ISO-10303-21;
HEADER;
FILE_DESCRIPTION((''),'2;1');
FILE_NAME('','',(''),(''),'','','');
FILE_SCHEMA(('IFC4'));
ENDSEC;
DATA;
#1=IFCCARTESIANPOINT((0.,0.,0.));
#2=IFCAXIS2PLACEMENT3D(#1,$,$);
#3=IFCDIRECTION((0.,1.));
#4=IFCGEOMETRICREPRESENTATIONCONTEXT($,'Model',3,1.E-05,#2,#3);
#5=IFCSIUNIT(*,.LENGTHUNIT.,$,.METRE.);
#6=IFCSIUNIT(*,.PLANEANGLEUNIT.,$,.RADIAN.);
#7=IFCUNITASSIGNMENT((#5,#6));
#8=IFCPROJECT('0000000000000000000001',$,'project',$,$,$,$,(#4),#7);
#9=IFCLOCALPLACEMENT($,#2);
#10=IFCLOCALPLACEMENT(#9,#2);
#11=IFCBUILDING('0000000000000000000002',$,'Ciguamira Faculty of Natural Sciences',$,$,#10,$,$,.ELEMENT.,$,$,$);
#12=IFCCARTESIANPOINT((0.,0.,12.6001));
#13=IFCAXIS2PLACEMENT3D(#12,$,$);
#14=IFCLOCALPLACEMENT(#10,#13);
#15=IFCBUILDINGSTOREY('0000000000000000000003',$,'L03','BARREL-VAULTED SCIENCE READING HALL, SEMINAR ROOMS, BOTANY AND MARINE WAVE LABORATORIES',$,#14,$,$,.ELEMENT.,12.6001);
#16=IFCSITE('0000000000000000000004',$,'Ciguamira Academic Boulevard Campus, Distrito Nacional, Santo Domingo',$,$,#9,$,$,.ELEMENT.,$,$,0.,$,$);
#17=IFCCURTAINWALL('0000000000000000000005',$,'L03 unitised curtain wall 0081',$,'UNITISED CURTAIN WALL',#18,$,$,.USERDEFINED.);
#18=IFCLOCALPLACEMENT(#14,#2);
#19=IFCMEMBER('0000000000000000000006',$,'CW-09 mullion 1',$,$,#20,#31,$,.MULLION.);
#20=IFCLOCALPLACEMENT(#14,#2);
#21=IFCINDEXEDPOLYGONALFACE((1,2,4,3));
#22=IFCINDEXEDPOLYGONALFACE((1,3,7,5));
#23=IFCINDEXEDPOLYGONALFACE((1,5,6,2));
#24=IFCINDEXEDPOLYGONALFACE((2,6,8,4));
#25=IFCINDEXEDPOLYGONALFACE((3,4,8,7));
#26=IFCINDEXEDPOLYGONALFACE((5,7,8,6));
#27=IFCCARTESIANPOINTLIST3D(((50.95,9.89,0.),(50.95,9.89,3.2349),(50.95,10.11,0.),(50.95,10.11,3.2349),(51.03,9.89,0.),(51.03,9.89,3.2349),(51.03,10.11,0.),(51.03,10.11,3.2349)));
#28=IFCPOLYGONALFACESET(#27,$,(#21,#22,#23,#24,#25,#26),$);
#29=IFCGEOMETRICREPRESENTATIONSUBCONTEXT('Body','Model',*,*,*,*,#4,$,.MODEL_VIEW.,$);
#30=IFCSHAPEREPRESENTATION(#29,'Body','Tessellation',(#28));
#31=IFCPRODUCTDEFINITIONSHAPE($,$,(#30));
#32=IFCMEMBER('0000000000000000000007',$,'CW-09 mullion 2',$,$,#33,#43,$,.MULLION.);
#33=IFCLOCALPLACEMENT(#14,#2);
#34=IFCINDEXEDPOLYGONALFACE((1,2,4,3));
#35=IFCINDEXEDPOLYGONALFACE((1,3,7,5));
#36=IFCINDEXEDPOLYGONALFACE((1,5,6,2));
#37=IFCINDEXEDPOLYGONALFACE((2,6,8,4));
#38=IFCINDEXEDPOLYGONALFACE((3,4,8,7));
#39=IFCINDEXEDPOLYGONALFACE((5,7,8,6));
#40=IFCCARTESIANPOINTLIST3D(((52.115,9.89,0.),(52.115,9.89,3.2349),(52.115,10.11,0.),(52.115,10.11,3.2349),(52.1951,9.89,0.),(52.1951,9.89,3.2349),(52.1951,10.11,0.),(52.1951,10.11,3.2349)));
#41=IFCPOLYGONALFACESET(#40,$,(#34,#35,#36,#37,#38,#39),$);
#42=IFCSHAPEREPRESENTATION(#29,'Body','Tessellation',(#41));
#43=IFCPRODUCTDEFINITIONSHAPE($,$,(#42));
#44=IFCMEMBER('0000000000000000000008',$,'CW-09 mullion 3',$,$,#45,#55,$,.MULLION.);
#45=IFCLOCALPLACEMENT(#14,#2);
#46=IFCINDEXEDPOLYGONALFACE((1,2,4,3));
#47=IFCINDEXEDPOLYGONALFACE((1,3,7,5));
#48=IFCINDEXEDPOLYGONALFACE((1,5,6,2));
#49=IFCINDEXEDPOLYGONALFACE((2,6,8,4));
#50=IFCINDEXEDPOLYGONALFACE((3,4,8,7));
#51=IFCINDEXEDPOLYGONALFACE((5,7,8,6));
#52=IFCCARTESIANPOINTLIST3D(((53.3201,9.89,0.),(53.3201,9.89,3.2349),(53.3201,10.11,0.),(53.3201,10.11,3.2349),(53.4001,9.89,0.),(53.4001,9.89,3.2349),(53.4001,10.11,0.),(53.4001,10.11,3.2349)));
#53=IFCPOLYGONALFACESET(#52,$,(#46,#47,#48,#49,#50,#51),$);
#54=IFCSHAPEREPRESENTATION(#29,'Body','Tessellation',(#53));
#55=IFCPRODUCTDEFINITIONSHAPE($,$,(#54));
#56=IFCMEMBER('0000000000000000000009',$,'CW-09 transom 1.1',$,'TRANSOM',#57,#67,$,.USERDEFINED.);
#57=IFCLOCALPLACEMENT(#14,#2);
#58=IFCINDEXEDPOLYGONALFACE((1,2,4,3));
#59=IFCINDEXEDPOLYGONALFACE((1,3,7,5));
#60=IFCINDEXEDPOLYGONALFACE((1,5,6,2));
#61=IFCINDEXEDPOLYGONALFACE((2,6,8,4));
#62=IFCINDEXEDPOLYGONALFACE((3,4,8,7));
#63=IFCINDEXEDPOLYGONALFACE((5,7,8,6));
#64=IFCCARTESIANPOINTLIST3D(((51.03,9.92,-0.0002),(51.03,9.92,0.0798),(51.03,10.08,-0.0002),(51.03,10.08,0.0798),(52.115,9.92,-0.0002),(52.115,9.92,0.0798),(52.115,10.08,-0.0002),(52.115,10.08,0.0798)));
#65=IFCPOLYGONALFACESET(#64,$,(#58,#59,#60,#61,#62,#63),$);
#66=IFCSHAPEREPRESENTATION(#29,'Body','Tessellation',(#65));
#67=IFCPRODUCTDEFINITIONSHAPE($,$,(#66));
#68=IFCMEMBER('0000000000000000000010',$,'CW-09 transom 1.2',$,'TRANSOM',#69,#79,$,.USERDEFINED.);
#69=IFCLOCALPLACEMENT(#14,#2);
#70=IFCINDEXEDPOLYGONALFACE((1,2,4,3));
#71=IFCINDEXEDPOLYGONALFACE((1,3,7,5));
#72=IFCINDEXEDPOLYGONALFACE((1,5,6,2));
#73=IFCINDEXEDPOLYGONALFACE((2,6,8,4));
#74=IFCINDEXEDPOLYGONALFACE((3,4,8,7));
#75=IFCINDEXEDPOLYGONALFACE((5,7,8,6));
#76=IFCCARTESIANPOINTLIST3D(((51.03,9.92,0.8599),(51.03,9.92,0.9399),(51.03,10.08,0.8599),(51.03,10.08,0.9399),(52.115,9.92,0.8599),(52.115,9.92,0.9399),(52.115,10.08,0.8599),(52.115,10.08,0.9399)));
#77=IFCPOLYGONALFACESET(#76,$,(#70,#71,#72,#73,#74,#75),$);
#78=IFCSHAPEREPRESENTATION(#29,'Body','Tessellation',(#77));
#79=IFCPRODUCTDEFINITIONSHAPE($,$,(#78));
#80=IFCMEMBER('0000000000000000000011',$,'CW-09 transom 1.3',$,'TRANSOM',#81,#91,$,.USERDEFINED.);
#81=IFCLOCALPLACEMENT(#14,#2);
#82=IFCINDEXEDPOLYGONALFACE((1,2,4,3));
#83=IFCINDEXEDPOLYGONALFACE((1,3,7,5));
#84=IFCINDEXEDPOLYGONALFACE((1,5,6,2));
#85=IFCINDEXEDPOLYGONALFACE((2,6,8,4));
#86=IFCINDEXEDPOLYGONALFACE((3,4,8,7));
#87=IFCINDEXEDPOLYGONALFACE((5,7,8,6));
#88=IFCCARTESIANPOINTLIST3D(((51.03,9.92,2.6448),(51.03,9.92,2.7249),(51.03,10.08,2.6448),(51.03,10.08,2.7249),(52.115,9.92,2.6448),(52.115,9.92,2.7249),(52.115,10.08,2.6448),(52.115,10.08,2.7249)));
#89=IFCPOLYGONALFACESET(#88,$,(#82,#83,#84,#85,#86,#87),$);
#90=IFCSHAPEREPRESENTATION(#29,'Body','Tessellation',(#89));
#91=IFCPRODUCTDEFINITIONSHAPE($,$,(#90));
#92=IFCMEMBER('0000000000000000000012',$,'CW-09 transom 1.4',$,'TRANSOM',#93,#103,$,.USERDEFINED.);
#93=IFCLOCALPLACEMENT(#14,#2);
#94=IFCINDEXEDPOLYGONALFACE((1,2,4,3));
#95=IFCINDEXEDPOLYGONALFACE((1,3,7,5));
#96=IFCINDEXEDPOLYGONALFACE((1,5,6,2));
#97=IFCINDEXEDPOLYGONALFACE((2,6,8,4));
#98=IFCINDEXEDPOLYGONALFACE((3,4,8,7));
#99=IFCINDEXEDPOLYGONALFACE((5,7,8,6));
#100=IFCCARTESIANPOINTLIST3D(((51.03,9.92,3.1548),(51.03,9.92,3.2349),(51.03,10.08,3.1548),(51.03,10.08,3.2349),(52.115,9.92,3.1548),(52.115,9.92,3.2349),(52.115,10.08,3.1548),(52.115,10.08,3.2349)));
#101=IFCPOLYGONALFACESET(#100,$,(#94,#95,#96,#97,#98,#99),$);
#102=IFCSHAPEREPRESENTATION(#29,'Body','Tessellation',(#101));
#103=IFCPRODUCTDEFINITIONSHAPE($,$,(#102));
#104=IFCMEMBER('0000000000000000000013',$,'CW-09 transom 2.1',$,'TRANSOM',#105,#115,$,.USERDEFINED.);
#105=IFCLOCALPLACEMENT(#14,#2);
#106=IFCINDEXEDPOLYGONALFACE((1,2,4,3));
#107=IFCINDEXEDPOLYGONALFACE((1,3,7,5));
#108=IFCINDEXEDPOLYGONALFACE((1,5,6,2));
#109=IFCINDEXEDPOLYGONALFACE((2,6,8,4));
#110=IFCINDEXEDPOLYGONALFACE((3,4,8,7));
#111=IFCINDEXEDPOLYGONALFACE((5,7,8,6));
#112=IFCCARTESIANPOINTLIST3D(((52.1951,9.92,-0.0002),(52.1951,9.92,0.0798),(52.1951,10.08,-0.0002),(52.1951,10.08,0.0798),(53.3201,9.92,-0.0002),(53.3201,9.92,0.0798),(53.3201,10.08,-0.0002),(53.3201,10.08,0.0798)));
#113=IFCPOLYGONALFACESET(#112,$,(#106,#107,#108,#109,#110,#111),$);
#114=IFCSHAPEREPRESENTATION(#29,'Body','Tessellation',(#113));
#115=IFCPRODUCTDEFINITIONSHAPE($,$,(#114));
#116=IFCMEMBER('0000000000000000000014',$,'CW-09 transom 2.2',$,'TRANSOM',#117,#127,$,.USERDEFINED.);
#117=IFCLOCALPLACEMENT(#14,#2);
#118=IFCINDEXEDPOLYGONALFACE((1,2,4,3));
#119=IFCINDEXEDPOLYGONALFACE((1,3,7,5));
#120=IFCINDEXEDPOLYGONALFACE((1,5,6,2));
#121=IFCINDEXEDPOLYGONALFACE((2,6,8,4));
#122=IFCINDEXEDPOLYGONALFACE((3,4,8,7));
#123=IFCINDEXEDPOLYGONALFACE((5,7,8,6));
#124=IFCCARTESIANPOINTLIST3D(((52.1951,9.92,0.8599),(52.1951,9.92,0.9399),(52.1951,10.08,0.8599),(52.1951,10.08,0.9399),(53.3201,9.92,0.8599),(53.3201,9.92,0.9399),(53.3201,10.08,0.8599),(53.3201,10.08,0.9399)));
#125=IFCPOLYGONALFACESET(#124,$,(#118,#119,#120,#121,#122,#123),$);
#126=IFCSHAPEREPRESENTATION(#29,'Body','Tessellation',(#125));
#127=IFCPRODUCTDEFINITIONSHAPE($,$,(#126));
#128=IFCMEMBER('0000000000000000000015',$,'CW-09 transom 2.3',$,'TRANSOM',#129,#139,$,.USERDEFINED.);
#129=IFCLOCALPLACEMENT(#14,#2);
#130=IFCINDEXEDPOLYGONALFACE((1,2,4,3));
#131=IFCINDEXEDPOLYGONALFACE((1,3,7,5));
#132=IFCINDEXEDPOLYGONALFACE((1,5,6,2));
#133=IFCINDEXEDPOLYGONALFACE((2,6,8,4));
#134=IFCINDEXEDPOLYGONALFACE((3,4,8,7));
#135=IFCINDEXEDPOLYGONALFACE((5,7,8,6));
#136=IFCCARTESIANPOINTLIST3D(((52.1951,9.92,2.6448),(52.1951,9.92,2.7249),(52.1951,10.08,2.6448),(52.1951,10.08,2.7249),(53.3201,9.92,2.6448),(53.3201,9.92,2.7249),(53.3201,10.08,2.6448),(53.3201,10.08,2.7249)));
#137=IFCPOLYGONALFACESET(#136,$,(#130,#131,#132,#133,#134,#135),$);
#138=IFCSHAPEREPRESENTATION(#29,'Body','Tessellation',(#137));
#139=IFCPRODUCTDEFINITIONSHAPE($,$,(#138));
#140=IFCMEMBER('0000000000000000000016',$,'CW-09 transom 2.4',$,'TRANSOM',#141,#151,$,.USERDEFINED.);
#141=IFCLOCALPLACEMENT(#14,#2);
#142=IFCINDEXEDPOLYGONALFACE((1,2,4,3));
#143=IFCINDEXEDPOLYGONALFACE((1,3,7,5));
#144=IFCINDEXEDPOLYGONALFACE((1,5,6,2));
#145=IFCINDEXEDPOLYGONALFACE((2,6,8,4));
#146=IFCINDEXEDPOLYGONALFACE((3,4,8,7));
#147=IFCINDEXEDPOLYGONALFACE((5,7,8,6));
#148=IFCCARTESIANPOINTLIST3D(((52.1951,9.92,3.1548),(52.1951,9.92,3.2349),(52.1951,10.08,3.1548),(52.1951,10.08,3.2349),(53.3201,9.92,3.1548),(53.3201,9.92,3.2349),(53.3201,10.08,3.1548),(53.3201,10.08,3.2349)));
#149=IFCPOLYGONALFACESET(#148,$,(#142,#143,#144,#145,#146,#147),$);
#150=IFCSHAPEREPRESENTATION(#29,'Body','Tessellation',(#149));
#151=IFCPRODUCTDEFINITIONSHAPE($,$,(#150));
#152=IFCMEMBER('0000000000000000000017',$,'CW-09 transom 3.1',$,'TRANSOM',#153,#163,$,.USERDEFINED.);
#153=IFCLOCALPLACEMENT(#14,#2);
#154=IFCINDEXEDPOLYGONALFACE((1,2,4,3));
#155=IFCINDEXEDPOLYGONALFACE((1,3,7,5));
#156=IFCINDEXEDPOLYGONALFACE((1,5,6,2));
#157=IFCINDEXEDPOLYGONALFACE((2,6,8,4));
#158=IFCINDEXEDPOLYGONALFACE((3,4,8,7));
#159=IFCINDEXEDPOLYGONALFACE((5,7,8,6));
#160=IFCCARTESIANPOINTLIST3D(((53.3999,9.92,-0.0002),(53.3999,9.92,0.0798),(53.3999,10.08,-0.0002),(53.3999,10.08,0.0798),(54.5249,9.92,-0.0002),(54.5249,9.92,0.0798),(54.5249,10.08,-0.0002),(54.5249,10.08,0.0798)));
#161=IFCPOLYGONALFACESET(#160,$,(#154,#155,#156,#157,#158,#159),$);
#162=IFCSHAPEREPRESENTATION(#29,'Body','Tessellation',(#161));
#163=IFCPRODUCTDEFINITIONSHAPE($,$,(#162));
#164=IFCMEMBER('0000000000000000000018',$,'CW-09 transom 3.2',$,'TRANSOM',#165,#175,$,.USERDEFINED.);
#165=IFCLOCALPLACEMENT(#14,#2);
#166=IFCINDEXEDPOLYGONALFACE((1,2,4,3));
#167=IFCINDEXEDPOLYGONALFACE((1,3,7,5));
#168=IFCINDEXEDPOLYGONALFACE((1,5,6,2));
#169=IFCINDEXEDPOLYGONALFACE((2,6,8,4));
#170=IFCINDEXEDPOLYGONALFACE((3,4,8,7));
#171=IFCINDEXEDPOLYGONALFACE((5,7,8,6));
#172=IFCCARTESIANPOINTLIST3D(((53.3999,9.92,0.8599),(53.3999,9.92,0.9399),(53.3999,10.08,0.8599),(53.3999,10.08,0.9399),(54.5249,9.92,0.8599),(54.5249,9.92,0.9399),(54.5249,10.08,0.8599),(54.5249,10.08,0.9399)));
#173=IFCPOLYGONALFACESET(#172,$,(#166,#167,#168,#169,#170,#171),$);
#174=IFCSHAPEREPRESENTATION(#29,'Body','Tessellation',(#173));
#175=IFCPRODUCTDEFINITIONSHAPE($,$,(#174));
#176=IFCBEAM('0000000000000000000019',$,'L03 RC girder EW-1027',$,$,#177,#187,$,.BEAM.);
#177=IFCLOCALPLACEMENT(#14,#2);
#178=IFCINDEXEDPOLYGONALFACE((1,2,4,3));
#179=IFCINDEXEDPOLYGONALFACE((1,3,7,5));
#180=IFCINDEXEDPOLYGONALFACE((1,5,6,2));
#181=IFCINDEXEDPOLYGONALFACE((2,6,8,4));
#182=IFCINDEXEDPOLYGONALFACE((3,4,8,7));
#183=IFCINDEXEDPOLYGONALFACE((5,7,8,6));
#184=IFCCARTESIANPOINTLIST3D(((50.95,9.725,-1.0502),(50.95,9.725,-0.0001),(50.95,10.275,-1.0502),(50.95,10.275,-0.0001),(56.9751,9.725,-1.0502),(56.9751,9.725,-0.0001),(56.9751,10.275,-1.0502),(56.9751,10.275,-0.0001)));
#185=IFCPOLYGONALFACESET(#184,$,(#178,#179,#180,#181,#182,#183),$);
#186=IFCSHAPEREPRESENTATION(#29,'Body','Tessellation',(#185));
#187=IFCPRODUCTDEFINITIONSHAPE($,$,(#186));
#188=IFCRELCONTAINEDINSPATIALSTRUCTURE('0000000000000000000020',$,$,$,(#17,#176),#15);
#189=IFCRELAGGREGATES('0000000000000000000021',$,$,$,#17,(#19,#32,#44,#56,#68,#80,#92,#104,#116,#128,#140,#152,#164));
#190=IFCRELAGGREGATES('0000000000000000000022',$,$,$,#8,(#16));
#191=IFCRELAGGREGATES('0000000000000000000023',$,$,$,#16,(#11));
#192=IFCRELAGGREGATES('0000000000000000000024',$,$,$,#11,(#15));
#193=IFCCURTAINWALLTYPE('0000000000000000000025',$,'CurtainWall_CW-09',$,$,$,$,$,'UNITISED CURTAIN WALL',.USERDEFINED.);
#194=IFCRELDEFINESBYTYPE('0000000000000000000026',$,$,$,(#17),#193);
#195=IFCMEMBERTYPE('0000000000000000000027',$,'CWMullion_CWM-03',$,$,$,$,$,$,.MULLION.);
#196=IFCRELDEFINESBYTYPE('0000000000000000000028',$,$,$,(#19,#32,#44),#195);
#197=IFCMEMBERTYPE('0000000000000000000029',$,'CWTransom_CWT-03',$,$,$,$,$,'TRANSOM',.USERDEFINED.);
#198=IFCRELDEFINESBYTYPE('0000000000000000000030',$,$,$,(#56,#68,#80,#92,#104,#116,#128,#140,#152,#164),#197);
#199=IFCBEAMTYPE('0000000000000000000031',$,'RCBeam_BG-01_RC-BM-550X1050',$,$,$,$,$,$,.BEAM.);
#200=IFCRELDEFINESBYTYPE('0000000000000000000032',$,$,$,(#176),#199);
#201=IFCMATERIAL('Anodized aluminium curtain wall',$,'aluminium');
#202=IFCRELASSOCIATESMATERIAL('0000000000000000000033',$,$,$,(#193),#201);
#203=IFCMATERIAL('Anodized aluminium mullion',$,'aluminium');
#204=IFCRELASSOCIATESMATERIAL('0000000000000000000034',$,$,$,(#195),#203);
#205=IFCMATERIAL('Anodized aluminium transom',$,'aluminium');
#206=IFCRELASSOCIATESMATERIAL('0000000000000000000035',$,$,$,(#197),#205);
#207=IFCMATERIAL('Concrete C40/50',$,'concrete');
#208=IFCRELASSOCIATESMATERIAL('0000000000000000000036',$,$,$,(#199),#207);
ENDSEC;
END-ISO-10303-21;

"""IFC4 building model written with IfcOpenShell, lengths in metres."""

from ifc_helpers import new_model, si_unit, direction, frame, origin, origin_2d, place, context, subcontext, project, spatial, rectangle, extrude, material, material_profile, profile_set, type_object, element, aggregate, save


model = new_model("IFC4")

# Units and contexts
model_context = context("Model", 3, precision=1e-05, world=origin(), true_north=direction((0.0, 1.0)))
body_context = subcontext(model_context, "Body", "Model", "MODEL_VIEW")
ifc_project = project(units=[si_unit("LENGTHUNIT", "METRE"), si_unit("PLANEANGLEUNIT", "RADIAN")], contexts=[model_context])

# Site, building, storey
site_placement = place(None, origin())
site = spatial("IfcSite", under=ifc_project, at=site_placement, Name="Ciguamira Academic Boulevard Campus, Distrito Nacional, Santo Domingo", CompositionType="ELEMENT", RefElevation=0.0)
building_placement = place(site_placement, origin())
building = spatial("IfcBuilding", under=site, at=building_placement, Name="Ciguamira Faculty of Natural Sciences", CompositionType="ELEMENT")
storey_placement = place(building_placement, frame((0.0, 0.0, 12.6001)))
storey = spatial("IfcBuildingStorey", under=building, at=storey_placement, Name="L03", Description="BARREL-VAULTED SCIENCE READING HALL, SEMINAR ROOMS, BOTANY AND MARINE WAVE LABORATORIES", CompositionType="ELEMENT", Elevation=12.6001)

# Curtain wall, members
ifc_material_1 = material(Name="Anodized aluminium curtain wall", Category="aluminium")
curtain_wall_type = type_object("IfcCurtainWallType", Name="CurtainWall_CW-09", ElementType="UNITISED CURTAIN WALL", PredefinedType="USERDEFINED", material=ifc_material_1)
curtain_wall_placement = place(storey_placement, origin())
curtain_wall = element("IfcCurtainWall", 1, at=curtain_wall_placement, inside=storey, type_object=curtain_wall_type, Name="L03 unitised curtain wall 0081", ObjectType="UNITISED CURTAIN WALL", PredefinedType="USERDEFINED")
ifc_material_2 = material(Name="Anodized aluminium mullion", Category="aluminium")
ifc_material_profile_1 = material_profile(ifc_material_2, rectangle(XDim=0.0801, YDim=0.22, at=origin_2d()), Name="ALU-MUL-80X220")
ifc_profile_set_1 = profile_set([ifc_material_profile_1], Name="Anodized aluminium mullion")
member_type_1 = type_object("IfcMemberType", Name="CWMullion_CWM-03", PredefinedType="MULLION", material=ifc_profile_set_1)
member_1_placement = place(storey_placement, frame((50.99, 10.0, 0.0), z_axis=(0.0, 0.0, 1.0), x_axis=(1.0, 0.0, 0.0)))
member_1 = element("IfcMember", 2, at=member_1_placement, type_object=member_type_1, Name="CW-09 mullion 1", PredefinedType="MULLION", context=body_context, shape_type="SweptSolid", body=[
    extrude(rectangle(XDim=0.0801, YDim=0.22, at=origin_2d()), origin(), (0.0, 0.0, 1.0), 3.2349),
])
member_2_placement = place(storey_placement, frame((52.155, 10.0, 0.0), z_axis=(0.0, 0.0, 1.0), x_axis=(1.0, 0.0, 0.0)))
member_2 = element("IfcMember", 3, at=member_2_placement, type_object=member_type_1, Name="CW-09 mullion 2", PredefinedType="MULLION", context=body_context, shape_type="SweptSolid", body=[
    extrude(rectangle(XDim=0.0801, YDim=0.22, at=origin_2d()), origin(), (0.0, 0.0, 1.0), 3.2349),
])
member_3_placement = place(storey_placement, frame((53.3601, 10.0, 0.0), z_axis=(0.0, 0.0, 1.0), x_axis=(1.0, 0.0, 0.0)))
member_3 = element("IfcMember", 4, at=member_3_placement, type_object=member_type_1, Name="CW-09 mullion 3", PredefinedType="MULLION", context=body_context, shape_type="SweptSolid", body=[
    extrude(rectangle(XDim=0.0801, YDim=0.22, at=origin_2d()), origin(), (0.0, 0.0, 1.0), 3.2349),
])
ifc_material_3 = material(Name="Anodized aluminium transom", Category="aluminium")
ifc_material_profile_2 = material_profile(ifc_material_3, rectangle(XDim=0.0801, YDim=0.1599, at=origin_2d()), Name="ALU-TRN-80X160")
ifc_profile_set_2 = profile_set([ifc_material_profile_2], Name="Anodized aluminium transom")
member_type_2 = type_object("IfcMemberType", Name="CWTransom_CWT-03", ElementType="TRANSOM", PredefinedType="USERDEFINED", material=ifc_profile_set_2)
member_4_placement = place(storey_placement, frame((51.03, 10.0, 0.0398), z_axis=(1.0, 0.0, 0.0), x_axis=(0.0, 0.0, 1.0)))
member_4 = element("IfcMember", 5, at=member_4_placement, type_object=member_type_2, Name="CW-09 transom 1.1", ObjectType="TRANSOM", PredefinedType="USERDEFINED", context=body_context, shape_type="SweptSolid", body=[
    extrude(rectangle(XDim=0.0801, YDim=0.1599, at=origin_2d()), origin(), (0.0, 0.0, 1.0), 1.085),
])
member_5_placement = place(storey_placement, frame((51.03, 10.0, 0.8999), z_axis=(1.0, 0.0, 0.0), x_axis=(0.0, 0.0, 1.0)))
member_5 = element("IfcMember", 6, at=member_5_placement, type_object=member_type_2, Name="CW-09 transom 1.2", ObjectType="TRANSOM", PredefinedType="USERDEFINED", context=body_context, shape_type="SweptSolid", body=[
    extrude(rectangle(XDim=0.0801, YDim=0.1599, at=origin_2d()), origin(), (0.0, 0.0, 1.0), 1.085),
])
member_6_placement = place(storey_placement, frame((51.03, 10.0, 2.6848), z_axis=(1.0, 0.0, 0.0), x_axis=(0.0, 0.0, 1.0)))
member_6 = element("IfcMember", 7, at=member_6_placement, type_object=member_type_2, Name="CW-09 transom 1.3", ObjectType="TRANSOM", PredefinedType="USERDEFINED", context=body_context, shape_type="SweptSolid", body=[
    extrude(rectangle(XDim=0.0801, YDim=0.1599, at=origin_2d()), origin(), (0.0, 0.0, 1.0), 1.085),
])
member_7_placement = place(storey_placement, frame((51.03, 10.0, 3.1948), z_axis=(1.0, 0.0, 0.0), x_axis=(0.0, 0.0, 1.0)))
member_7 = element("IfcMember", 8, at=member_7_placement, type_object=member_type_2, Name="CW-09 transom 1.4", ObjectType="TRANSOM", PredefinedType="USERDEFINED", context=body_context, shape_type="SweptSolid", body=[
    extrude(rectangle(XDim=0.0801, YDim=0.1599, at=origin_2d()), origin(), (0.0, 0.0, 1.0), 1.085),
])
member_8_placement = place(storey_placement, frame((52.1951, 10.0, 0.0398), z_axis=(1.0, 0.0, 0.0), x_axis=(0.0, 0.0, 1.0)))
member_8 = element("IfcMember", 9, at=member_8_placement, type_object=member_type_2, Name="CW-09 transom 2.1", ObjectType="TRANSOM", PredefinedType="USERDEFINED", context=body_context, shape_type="SweptSolid", body=[
    extrude(rectangle(XDim=0.0801, YDim=0.1599, at=origin_2d()), origin(), (0.0, 0.0, 1.0), 1.125),
])
member_9_placement = place(storey_placement, frame((52.1951, 10.0, 0.8999), z_axis=(1.0, 0.0, 0.0), x_axis=(0.0, 0.0, 1.0)))
member_9 = element("IfcMember", 10, at=member_9_placement, type_object=member_type_2, Name="CW-09 transom 2.2", ObjectType="TRANSOM", PredefinedType="USERDEFINED", context=body_context, shape_type="SweptSolid", body=[
    extrude(rectangle(XDim=0.0801, YDim=0.1599, at=origin_2d()), origin(), (0.0, 0.0, 1.0), 1.125),
])
member_10_placement = place(storey_placement, frame((52.1951, 10.0, 2.6848), z_axis=(1.0, 0.0, 0.0), x_axis=(0.0, 0.0, 1.0)))
member_10 = element("IfcMember", 11, at=member_10_placement, type_object=member_type_2, Name="CW-09 transom 2.3", ObjectType="TRANSOM", PredefinedType="USERDEFINED", context=body_context, shape_type="SweptSolid", body=[
    extrude(rectangle(XDim=0.0801, YDim=0.1599, at=origin_2d()), origin(), (0.0, 0.0, 1.0), 1.125),
])
member_11_placement = place(storey_placement, frame((52.1951, 10.0, 3.1948), z_axis=(1.0, 0.0, 0.0), x_axis=(0.0, 0.0, 1.0)))
member_11 = element("IfcMember", 12, at=member_11_placement, type_object=member_type_2, Name="CW-09 transom 2.4", ObjectType="TRANSOM", PredefinedType="USERDEFINED", context=body_context, shape_type="SweptSolid", body=[
    extrude(rectangle(XDim=0.0801, YDim=0.1599, at=origin_2d()), origin(), (0.0, 0.0, 1.0), 1.125),
])
member_12_placement = place(storey_placement, frame((53.3999, 10.0, 0.0398), z_axis=(1.0, 0.0, 0.0), x_axis=(0.0, 0.0, 1.0)))
member_12 = element("IfcMember", 13, at=member_12_placement, type_object=member_type_2, Name="CW-09 transom 3.1", ObjectType="TRANSOM", PredefinedType="USERDEFINED", context=body_context, shape_type="SweptSolid", body=[
    extrude(rectangle(XDim=0.0801, YDim=0.1599, at=origin_2d()), origin(), (0.0, 0.0, 1.0), 1.125),
])
member_13_placement = place(storey_placement, frame((53.3999, 10.0, 0.8999), z_axis=(1.0, 0.0, 0.0), x_axis=(0.0, 0.0, 1.0)))
member_13 = element("IfcMember", 14, at=member_13_placement, type_object=member_type_2, Name="CW-09 transom 3.2", ObjectType="TRANSOM", PredefinedType="USERDEFINED", context=body_context, shape_type="SweptSolid", body=[
    extrude(rectangle(XDim=0.0801, YDim=0.1599, at=origin_2d()), origin(), (0.0, 0.0, 1.0), 1.125),
])

# Beam
ifc_material_4 = material(Name="Concrete C40/50", Category="concrete")
ifc_material_profile_3 = material_profile(ifc_material_4, rectangle(XDim=0.55, YDim=1.05, at=origin_2d()), Name="RC-BM-550X1050")
ifc_profile_set_3 = profile_set([ifc_material_profile_3], Name="Concrete C40/50")
beam_type_1 = type_object("IfcBeamType", Name="RCBeam_BG-01_RC-BM-550X1050", PredefinedType="BEAM", material=ifc_profile_set_3)
beam_1_placement = place(storey_placement, frame((50.95, 10.0, -0.5251), z_axis=(1.0, 0.0, 0.0), x_axis=(0.0, 1.0, 0.0)))
element("IfcBeam", 15, at=beam_1_placement, inside=storey, type_object=beam_type_1, Name="L03 RC girder EW-1027", PredefinedType="BEAM", context=body_context, shape_type="SweptSolid", body=[
    extrude(rectangle(XDim=0.55, YDim=1.05, at=origin_2d()), origin(), (0.0, 0.0, 1.0), 6.0251),
])

aggregate(curtain_wall, [member_1, member_2, member_3, member_4, member_5, member_6, member_7, member_8, member_9, member_10, member_11, member_12, member_13])

save(model, "model.ifc")
